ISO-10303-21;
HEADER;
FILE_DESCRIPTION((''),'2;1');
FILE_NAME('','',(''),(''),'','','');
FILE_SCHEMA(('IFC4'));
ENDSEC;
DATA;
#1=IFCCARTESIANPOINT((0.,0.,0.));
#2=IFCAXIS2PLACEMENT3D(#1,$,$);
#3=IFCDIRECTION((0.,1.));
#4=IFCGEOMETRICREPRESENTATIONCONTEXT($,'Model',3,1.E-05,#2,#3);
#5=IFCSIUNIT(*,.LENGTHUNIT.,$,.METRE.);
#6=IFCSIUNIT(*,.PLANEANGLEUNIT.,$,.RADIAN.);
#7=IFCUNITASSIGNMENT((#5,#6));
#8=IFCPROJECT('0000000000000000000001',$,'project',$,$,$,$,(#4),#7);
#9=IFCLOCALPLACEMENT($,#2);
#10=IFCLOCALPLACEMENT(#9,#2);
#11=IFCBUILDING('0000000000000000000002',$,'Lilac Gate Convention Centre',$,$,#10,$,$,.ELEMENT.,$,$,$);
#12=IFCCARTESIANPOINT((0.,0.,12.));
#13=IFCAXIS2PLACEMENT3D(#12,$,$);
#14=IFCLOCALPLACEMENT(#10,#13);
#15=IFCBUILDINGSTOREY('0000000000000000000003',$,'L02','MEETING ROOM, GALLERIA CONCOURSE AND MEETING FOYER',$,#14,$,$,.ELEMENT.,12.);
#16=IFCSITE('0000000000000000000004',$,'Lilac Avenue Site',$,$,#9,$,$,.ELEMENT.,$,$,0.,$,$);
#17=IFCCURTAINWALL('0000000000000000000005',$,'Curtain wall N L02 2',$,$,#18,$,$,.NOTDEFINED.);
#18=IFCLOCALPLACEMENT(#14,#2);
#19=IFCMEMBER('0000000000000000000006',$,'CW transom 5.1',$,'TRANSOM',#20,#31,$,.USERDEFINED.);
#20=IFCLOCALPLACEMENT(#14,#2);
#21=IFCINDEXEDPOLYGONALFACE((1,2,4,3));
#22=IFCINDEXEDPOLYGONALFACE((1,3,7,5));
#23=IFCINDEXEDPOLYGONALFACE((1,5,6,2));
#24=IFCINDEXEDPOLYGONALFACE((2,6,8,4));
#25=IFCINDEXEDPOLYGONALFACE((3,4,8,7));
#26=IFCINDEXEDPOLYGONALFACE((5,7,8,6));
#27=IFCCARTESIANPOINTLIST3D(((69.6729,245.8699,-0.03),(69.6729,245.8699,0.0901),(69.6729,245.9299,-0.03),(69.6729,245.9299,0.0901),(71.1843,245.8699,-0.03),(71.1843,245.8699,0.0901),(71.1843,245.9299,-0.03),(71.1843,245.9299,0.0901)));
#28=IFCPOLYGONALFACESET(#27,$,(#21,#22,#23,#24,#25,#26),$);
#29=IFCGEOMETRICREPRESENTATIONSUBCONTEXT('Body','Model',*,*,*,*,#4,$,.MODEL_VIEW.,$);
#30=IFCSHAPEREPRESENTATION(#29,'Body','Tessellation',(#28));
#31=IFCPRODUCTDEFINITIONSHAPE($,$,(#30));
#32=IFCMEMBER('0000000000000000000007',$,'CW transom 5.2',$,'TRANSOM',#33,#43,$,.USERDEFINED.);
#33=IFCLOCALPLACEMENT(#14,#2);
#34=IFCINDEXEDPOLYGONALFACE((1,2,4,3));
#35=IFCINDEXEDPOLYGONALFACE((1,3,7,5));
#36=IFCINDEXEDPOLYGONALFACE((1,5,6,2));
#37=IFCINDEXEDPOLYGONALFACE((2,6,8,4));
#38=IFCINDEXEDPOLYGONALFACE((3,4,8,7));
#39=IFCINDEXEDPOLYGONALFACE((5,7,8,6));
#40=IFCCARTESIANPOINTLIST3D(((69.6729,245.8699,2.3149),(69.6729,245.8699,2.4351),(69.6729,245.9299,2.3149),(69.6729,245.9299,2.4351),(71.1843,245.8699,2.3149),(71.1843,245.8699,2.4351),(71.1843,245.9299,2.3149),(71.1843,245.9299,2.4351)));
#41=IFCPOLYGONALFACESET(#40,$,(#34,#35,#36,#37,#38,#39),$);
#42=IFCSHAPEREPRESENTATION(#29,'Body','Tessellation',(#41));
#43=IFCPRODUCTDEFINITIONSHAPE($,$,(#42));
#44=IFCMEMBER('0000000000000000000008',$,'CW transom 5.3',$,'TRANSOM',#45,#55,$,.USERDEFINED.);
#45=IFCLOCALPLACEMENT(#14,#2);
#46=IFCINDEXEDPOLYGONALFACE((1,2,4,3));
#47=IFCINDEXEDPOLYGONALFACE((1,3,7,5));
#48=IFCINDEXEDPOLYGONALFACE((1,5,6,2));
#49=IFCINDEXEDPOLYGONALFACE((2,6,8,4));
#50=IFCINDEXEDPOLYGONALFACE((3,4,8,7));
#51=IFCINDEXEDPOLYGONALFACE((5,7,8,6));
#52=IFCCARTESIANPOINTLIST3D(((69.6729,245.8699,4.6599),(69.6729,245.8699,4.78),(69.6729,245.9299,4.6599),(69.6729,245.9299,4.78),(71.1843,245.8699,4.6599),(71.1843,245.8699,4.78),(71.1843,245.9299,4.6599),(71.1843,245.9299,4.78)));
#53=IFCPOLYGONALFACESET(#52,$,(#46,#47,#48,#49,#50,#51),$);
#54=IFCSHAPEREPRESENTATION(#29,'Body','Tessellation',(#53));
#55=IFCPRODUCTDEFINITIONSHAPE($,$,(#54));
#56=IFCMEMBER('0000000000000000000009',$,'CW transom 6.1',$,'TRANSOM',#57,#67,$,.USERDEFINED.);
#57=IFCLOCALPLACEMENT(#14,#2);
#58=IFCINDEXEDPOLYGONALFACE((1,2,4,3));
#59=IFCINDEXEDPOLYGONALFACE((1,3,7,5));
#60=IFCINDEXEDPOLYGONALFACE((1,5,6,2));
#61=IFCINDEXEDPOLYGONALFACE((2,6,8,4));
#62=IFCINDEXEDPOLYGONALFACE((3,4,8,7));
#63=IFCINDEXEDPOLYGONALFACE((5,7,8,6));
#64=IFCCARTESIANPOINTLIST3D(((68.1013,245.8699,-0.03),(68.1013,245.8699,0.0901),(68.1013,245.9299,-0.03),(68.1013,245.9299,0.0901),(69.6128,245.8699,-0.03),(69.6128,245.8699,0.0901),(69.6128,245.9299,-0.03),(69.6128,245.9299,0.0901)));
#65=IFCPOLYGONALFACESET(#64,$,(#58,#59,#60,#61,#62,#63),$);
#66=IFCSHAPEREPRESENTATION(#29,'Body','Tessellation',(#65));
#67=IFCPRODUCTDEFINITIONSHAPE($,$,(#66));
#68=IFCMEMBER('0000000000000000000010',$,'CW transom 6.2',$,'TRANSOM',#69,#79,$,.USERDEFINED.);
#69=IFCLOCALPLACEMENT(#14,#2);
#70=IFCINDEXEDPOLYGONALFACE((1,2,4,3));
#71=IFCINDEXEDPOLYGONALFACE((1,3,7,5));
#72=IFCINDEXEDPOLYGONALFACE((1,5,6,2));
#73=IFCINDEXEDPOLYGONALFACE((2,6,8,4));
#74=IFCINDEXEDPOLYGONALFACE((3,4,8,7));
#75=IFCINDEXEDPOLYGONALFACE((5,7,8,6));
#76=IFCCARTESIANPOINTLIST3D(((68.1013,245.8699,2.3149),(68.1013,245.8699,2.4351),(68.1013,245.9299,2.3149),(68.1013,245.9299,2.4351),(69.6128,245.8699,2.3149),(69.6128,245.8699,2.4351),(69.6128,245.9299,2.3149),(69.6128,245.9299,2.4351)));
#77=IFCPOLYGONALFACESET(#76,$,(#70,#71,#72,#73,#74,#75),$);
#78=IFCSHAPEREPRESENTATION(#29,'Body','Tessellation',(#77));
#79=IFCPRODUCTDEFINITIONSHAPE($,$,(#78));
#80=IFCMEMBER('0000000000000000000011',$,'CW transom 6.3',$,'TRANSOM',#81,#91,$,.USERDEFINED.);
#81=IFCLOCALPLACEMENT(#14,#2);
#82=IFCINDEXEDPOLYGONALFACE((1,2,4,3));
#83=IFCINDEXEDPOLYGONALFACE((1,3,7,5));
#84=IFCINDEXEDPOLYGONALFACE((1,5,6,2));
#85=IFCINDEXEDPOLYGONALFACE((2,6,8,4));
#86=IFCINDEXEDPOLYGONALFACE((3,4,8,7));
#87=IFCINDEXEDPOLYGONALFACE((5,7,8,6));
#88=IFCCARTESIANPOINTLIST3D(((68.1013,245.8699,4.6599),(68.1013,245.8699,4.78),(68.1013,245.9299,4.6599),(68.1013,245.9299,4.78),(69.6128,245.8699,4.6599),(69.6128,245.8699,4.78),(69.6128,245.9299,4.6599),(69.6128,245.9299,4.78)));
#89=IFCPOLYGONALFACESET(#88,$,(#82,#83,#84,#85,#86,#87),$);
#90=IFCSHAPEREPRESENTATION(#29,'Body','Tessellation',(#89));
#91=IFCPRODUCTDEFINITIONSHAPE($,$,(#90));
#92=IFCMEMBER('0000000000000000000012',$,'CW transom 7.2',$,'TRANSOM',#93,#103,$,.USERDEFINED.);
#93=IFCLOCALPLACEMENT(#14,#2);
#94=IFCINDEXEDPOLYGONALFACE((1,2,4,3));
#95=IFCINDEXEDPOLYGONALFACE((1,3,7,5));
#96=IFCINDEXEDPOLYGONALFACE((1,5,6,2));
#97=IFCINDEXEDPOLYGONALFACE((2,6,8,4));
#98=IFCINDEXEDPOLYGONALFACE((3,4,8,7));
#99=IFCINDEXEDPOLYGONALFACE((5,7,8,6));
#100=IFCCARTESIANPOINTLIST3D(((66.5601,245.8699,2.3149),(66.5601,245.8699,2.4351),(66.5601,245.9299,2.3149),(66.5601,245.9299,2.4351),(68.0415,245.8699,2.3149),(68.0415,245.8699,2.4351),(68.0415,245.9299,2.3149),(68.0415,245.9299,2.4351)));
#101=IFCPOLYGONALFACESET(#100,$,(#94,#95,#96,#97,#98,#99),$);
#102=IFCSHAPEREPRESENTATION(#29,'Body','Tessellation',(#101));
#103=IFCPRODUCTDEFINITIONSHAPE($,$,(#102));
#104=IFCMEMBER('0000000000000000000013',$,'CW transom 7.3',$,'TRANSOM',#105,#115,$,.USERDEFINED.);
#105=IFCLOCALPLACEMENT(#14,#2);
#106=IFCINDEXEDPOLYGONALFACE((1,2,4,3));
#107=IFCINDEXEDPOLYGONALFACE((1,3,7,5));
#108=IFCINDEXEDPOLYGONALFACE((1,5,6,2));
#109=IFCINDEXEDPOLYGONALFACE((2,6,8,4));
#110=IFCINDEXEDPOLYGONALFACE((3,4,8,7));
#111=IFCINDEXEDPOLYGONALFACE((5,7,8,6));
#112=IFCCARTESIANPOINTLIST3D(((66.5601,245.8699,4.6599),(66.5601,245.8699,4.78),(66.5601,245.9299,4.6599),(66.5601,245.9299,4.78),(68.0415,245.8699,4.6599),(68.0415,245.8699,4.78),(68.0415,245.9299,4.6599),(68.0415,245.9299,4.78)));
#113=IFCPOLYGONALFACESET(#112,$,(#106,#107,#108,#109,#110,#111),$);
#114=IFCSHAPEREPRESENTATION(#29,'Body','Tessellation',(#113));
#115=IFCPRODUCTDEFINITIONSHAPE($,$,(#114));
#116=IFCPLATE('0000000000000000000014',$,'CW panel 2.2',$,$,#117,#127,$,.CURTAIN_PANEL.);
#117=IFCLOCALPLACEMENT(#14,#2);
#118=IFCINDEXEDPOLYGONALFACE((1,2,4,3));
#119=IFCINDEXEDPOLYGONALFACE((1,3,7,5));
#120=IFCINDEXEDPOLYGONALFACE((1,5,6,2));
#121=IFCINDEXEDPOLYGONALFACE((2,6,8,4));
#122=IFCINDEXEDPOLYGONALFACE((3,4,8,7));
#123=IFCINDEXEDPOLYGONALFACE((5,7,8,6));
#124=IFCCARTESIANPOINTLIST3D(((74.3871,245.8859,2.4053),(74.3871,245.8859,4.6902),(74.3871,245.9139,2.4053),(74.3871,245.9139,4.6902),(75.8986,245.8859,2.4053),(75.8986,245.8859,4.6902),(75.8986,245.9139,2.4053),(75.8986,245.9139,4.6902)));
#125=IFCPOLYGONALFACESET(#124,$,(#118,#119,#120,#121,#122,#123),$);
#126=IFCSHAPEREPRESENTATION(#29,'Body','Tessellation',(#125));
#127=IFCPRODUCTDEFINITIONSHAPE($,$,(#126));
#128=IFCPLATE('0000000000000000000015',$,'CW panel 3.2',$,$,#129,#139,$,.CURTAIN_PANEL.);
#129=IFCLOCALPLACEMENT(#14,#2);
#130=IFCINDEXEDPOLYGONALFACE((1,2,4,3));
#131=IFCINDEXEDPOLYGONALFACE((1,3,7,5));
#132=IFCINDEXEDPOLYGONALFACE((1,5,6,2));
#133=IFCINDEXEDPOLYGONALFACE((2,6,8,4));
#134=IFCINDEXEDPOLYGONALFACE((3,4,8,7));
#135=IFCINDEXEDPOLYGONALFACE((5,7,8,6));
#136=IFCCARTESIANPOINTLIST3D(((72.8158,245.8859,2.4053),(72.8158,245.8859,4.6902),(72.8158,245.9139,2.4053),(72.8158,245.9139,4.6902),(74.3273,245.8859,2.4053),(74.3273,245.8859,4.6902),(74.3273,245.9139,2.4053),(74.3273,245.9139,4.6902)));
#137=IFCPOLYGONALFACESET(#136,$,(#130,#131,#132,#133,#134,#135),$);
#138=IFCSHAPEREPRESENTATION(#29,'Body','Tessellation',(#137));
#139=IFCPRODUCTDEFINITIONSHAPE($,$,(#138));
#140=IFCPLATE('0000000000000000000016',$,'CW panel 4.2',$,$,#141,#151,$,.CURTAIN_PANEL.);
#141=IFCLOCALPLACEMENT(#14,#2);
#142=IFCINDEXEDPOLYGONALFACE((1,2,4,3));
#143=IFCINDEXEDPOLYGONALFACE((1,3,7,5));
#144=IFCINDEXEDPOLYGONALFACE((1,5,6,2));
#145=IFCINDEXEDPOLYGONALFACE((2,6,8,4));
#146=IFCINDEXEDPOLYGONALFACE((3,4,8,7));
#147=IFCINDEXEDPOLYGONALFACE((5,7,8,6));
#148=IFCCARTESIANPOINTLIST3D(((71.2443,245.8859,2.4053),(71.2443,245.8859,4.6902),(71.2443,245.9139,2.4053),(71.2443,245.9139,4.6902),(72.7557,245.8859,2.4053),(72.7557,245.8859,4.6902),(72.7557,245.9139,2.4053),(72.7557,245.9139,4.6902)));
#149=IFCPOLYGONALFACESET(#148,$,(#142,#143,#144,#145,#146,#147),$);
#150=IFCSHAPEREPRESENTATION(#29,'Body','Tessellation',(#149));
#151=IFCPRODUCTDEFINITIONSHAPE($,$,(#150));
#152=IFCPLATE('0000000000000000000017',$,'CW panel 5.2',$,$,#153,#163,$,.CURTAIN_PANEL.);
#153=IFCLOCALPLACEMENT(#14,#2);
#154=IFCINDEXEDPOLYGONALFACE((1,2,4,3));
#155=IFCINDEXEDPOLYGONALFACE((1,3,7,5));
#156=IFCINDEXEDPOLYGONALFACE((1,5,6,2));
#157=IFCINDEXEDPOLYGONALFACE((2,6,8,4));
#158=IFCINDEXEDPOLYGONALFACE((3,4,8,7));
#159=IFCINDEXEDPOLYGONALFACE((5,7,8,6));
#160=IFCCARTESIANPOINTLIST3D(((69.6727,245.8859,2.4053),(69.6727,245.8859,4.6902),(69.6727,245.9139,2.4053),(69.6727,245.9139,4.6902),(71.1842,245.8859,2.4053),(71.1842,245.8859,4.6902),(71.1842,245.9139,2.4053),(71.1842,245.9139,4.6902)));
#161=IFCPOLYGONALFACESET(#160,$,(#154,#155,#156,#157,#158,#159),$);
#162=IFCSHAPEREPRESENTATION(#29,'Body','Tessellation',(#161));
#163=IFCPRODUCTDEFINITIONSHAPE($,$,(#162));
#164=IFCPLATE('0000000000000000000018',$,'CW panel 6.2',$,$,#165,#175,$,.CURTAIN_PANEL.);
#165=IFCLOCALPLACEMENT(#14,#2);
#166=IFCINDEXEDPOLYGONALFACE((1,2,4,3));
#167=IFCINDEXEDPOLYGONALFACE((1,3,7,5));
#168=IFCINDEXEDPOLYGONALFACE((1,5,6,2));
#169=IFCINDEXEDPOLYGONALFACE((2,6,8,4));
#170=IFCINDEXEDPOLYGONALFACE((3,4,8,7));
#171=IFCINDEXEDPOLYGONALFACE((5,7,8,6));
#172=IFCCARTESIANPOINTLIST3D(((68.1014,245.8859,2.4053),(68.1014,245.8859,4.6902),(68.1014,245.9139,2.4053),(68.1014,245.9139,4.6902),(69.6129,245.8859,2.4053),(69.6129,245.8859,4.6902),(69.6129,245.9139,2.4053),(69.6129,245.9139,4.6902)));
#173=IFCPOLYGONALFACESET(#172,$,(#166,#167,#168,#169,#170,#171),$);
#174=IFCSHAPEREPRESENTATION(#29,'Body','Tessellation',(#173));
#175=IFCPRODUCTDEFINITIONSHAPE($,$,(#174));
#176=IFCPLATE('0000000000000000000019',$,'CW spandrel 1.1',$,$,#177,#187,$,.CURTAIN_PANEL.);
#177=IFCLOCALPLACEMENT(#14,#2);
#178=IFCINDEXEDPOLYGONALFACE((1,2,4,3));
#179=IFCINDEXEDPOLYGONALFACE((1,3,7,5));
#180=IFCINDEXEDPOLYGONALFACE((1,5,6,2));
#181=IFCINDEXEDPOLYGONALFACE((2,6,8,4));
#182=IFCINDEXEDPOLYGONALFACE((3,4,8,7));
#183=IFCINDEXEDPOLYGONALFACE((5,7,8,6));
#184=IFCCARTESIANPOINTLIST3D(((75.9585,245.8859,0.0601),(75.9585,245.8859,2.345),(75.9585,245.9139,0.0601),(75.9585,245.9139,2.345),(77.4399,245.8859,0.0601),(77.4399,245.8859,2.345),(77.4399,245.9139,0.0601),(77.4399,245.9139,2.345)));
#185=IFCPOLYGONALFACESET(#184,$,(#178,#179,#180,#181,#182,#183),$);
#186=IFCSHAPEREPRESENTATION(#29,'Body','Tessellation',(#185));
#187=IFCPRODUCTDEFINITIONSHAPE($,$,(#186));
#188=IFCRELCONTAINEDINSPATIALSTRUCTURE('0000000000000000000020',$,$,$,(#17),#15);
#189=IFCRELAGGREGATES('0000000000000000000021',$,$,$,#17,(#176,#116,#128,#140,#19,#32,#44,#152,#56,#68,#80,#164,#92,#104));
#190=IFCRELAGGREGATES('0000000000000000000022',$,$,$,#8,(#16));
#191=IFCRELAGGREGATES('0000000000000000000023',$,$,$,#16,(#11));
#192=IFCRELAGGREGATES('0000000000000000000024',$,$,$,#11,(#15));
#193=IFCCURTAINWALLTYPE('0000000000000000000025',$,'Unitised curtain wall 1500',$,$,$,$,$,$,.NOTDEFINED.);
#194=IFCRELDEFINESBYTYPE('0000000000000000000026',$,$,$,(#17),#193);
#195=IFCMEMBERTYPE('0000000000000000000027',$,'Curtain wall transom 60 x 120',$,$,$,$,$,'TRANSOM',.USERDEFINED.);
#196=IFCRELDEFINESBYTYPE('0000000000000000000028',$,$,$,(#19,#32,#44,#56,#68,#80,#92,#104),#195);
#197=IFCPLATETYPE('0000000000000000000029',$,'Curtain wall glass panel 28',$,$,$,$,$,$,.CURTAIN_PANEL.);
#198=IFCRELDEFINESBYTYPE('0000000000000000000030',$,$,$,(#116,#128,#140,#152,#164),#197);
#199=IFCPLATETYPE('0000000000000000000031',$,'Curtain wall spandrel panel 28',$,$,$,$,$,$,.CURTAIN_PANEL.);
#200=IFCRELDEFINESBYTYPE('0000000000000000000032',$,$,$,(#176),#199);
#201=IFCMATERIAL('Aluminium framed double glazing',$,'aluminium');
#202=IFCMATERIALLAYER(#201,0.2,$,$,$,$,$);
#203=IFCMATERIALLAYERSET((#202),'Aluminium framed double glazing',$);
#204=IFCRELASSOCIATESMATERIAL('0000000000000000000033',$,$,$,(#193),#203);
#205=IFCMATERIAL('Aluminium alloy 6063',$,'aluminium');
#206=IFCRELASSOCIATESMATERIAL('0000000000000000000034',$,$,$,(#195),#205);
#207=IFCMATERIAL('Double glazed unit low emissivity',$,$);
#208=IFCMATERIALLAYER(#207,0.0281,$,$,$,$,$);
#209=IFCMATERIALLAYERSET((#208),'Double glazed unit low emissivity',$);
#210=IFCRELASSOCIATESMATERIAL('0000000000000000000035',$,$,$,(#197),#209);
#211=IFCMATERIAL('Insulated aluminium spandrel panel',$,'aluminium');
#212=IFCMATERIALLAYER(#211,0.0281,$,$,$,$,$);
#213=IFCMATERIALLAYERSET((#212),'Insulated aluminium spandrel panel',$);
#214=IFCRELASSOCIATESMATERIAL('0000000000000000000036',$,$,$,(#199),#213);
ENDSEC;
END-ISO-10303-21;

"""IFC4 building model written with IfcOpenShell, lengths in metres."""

from ifc_helpers import new_model, si_unit, direction, frame, origin, origin_2d, place, context, subcontext, project, spatial, rectangle, extrude, material, layer, layer_set, material_profile, profile_set, type_object, element, aggregate, save


model = new_model("IFC4")

# Units and contexts
model_context = context("Model", 3, precision=1e-05, world=origin(), true_north=direction((0.0, 1.0)))
body_context = subcontext(model_context, "Body", "Model", "MODEL_VIEW")
ifc_project = project(units=[si_unit("LENGTHUNIT", "METRE"), si_unit("PLANEANGLEUNIT", "RADIAN")], contexts=[model_context])

# Site, building, storey
site_placement = place(None, origin())
site = spatial("IfcSite", under=ifc_project, at=site_placement, Name="Lilac Avenue Site", CompositionType="ELEMENT", RefElevation=0.0)
building_placement = place(site_placement, origin())
building = spatial("IfcBuilding", under=site, at=building_placement, Name="Lilac Gate Convention Centre", CompositionType="ELEMENT")
storey_placement = place(building_placement, frame((0.0, 0.0, 12.0)))
storey = spatial("IfcBuildingStorey", under=building, at=storey_placement, Name="L02", Description="MEETING ROOM, GALLERIA CONCOURSE AND MEETING FOYER", CompositionType="ELEMENT", Elevation=12.0)

# Curtain wall, members, plates
ifc_material_1 = material(Name="Aluminium framed double glazing", Category="aluminium")
ifc_layer_1 = layer(ifc_material_1, 0.2)
ifc_layer_set_1 = layer_set([ifc_layer_1], Name="Aluminium framed double glazing")
curtain_wall_type = type_object("IfcCurtainWallType", Name="Unitised curtain wall 1500", PredefinedType="NOTDEFINED", material=ifc_layer_set_1)
curtain_wall_placement = place(storey_placement, origin())
curtain_wall = element("IfcCurtainWall", 1, at=curtain_wall_placement, inside=storey, type_object=curtain_wall_type, Name="Curtain wall N L02 2", PredefinedType="NOTDEFINED")
ifc_material_2 = material(Name="Aluminium alloy 6063", Category="aluminium")
ifc_material_profile_1 = material_profile(ifc_material_2, rectangle(XDim=0.0601, YDim=0.1201, at=origin_2d()), Name="Curtain wall transom 60 x 120")
ifc_profile_set_1 = profile_set([ifc_material_profile_1], Name="Aluminium alloy 6063")
member_type_1 = type_object("IfcMemberType", Name="Curtain wall transom 60 x 120", ElementType="TRANSOM", PredefinedType="USERDEFINED", material=ifc_profile_set_1)
member_1_placement = place(storey_placement, frame((71.1843, 245.8999, 0.03), z_axis=(-1.0, 0.0, 0.0), x_axis=(0.0, -1.0, 0.0)))
member_1 = element("IfcMember", 2, at=member_1_placement, type_object=member_type_1, Name="CW transom 5.1", ObjectType="TRANSOM", PredefinedType="USERDEFINED", context=body_context, shape_type="SweptSolid", body=[
    extrude(rectangle(XDim=0.0601, YDim=0.1201, at=origin_2d()), origin(), (0.0, 0.0, 1.0), 1.5115),
])
member_2_placement = place(storey_placement, frame((71.1843, 245.8999, 2.375), z_axis=(-1.0, 0.0, 0.0), x_axis=(0.0, -1.0, 0.0)))
member_2 = element("IfcMember", 3, at=member_2_placement, type_object=member_type_1, Name="CW transom 5.2", ObjectType="TRANSOM", PredefinedType="USERDEFINED", context=body_context, shape_type="SweptSolid", body=[
    extrude(rectangle(XDim=0.0601, YDim=0.1201, at=origin_2d()), origin(), (0.0, 0.0, 1.0), 1.5115),
])
member_3_placement = place(storey_placement, frame((71.1843, 245.8999, 4.72), z_axis=(-1.0, 0.0, 0.0), x_axis=(0.0, -1.0, 0.0)))
member_3 = element("IfcMember", 4, at=member_3_placement, type_object=member_type_1, Name="CW transom 5.3", ObjectType="TRANSOM", PredefinedType="USERDEFINED", context=body_context, shape_type="SweptSolid", body=[
    extrude(rectangle(XDim=0.0601, YDim=0.1201, at=origin_2d()), origin(), (0.0, 0.0, 1.0), 1.5115),
])
member_4_placement = place(storey_placement, frame((69.6128, 245.8999, 0.03), z_axis=(-1.0, 0.0, 0.0), x_axis=(0.0, -1.0, 0.0)))
member_4 = element("IfcMember", 5, at=member_4_placement, type_object=member_type_1, Name="CW transom 6.1", ObjectType="TRANSOM", PredefinedType="USERDEFINED", context=body_context, shape_type="SweptSolid", body=[
    extrude(rectangle(XDim=0.0601, YDim=0.1201, at=origin_2d()), origin(), (0.0, 0.0, 1.0), 1.5115),
])
member_5_placement = place(storey_placement, frame((69.6128, 245.8999, 2.375), z_axis=(-1.0, 0.0, 0.0), x_axis=(0.0, -1.0, 0.0)))
member_5 = element("IfcMember", 6, at=member_5_placement, type_object=member_type_1, Name="CW transom 6.2", ObjectType="TRANSOM", PredefinedType="USERDEFINED", context=body_context, shape_type="SweptSolid", body=[
    extrude(rectangle(XDim=0.0601, YDim=0.1201, at=origin_2d()), origin(), (0.0, 0.0, 1.0), 1.5115),
])
member_6_placement = place(storey_placement, frame((69.6128, 245.8999, 4.72), z_axis=(-1.0, 0.0, 0.0), x_axis=(0.0, -1.0, 0.0)))
member_6 = element("IfcMember", 7, at=member_6_placement, type_object=member_type_1, Name="CW transom 6.3", ObjectType="TRANSOM", PredefinedType="USERDEFINED", context=body_context, shape_type="SweptSolid", body=[
    extrude(rectangle(XDim=0.0601, YDim=0.1201, at=origin_2d()), origin(), (0.0, 0.0, 1.0), 1.5115),
])
member_7_placement = place(storey_placement, frame((68.0415, 245.8999, 2.375), z_axis=(-1.0, 0.0, 0.0), x_axis=(0.0, -1.0, 0.0)))
member_7 = element("IfcMember", 8, at=member_7_placement, type_object=member_type_1, Name="CW transom 7.2", ObjectType="TRANSOM", PredefinedType="USERDEFINED", context=body_context, shape_type="SweptSolid", body=[
    extrude(rectangle(XDim=0.0601, YDim=0.1201, at=origin_2d()), origin(), (0.0, 0.0, 1.0), 1.4814),
])
member_8_placement = place(storey_placement, frame((68.0415, 245.8999, 4.72), z_axis=(-1.0, 0.0, 0.0), x_axis=(0.0, -1.0, 0.0)))
member_8 = element("IfcMember", 9, at=member_8_placement, type_object=member_type_1, Name="CW transom 7.3", ObjectType="TRANSOM", PredefinedType="USERDEFINED", context=body_context, shape_type="SweptSolid", body=[
    extrude(rectangle(XDim=0.0601, YDim=0.1201, at=origin_2d()), origin(), (0.0, 0.0, 1.0), 1.4814),
])
ifc_material_3 = material(Name="Double glazed unit low emissivity")
ifc_layer_2 = layer(ifc_material_3, 0.0281)
ifc_layer_set_2 = layer_set([ifc_layer_2], Name="Double glazed unit low emissivity")
plate_type_1 = type_object("IfcPlateType", Name="Curtain wall glass panel 28", PredefinedType="CURTAIN_PANEL", material=ifc_layer_set_2)
plate_1_placement = place(storey_placement, frame((75.1428, 245.8999, 2.4053), z_axis=(0.0, 0.0, 1.0), x_axis=(-1.0, 0.0, 0.0)))
plate_1 = element("IfcPlate", 10, at=plate_1_placement, type_object=plate_type_1, Name="CW panel 2.2", PredefinedType="CURTAIN_PANEL", context=body_context, shape_type="SweptSolid", body=[
    extrude(rectangle(XDim=1.5115, YDim=0.0281, at=origin_2d()), origin(), (0.0, 0.0, 1.0), 2.2849),
])
plate_2_placement = place(storey_placement, frame((73.5715, 245.8999, 2.4053), z_axis=(0.0, 0.0, 1.0), x_axis=(-1.0, 0.0, 0.0)))
plate_2 = element("IfcPlate", 11, at=plate_2_placement, type_object=plate_type_1, Name="CW panel 3.2", PredefinedType="CURTAIN_PANEL", context=body_context, shape_type="SweptSolid", body=[
    extrude(rectangle(XDim=1.5115, YDim=0.0281, at=origin_2d()), origin(), (0.0, 0.0, 1.0), 2.2849),
])
plate_3_placement = place(storey_placement, frame((72.0, 245.8999, 2.4053), z_axis=(0.0, 0.0, 1.0), x_axis=(-1.0, 0.0, 0.0)))
plate_3 = element("IfcPlate", 12, at=plate_3_placement, type_object=plate_type_1, Name="CW panel 4.2", PredefinedType="CURTAIN_PANEL", context=body_context, shape_type="SweptSolid", body=[
    extrude(rectangle(XDim=1.5115, YDim=0.0281, at=origin_2d()), origin(), (0.0, 0.0, 1.0), 2.2849),
])
plate_4_placement = place(storey_placement, frame((70.4285, 245.8999, 2.4053), z_axis=(0.0, 0.0, 1.0), x_axis=(-1.0, 0.0, 0.0)))
plate_4 = element("IfcPlate", 13, at=plate_4_placement, type_object=plate_type_1, Name="CW panel 5.2", PredefinedType="CURTAIN_PANEL", context=body_context, shape_type="SweptSolid", body=[
    extrude(rectangle(XDim=1.5115, YDim=0.0281, at=origin_2d()), origin(), (0.0, 0.0, 1.0), 2.2849),
])
plate_5_placement = place(storey_placement, frame((68.8572, 245.8999, 2.4053), z_axis=(0.0, 0.0, 1.0), x_axis=(-1.0, 0.0, 0.0)))
plate_5 = element("IfcPlate", 14, at=plate_5_placement, type_object=plate_type_1, Name="CW panel 6.2", PredefinedType="CURTAIN_PANEL", context=body_context, shape_type="SweptSolid", body=[
    extrude(rectangle(XDim=1.5115, YDim=0.0281, at=origin_2d()), origin(), (0.0, 0.0, 1.0), 2.2849),
])
ifc_material_4 = material(Name="Insulated aluminium spandrel panel", Category="aluminium")
ifc_layer_3 = layer(ifc_material_4, 0.0281)
ifc_layer_set_3 = layer_set([ifc_layer_3], Name="Insulated aluminium spandrel panel")
plate_type_2 = type_object("IfcPlateType", Name="Curtain wall spandrel panel 28", PredefinedType="CURTAIN_PANEL", material=ifc_layer_set_3)
plate_6_placement = place(storey_placement, frame((76.6992, 245.8999, 0.0601), z_axis=(0.0, 0.0, 1.0), x_axis=(-1.0, 0.0, 0.0)))
plate_6 = element("IfcPlate", 15, at=plate_6_placement, type_object=plate_type_2, Name="CW spandrel 1.1", PredefinedType="CURTAIN_PANEL", context=body_context, shape_type="SweptSolid", body=[
    extrude(rectangle(XDim=1.4814, YDim=0.0281, at=origin_2d()), origin(), (0.0, 0.0, 1.0), 2.2849),
])
aggregate(curtain_wall, [plate_6, plate_1, plate_2, plate_3, member_1, member_2, member_3, plate_4, member_4, member_5, member_6, plate_5, member_7, member_8])

save(model, "model.ifc")
